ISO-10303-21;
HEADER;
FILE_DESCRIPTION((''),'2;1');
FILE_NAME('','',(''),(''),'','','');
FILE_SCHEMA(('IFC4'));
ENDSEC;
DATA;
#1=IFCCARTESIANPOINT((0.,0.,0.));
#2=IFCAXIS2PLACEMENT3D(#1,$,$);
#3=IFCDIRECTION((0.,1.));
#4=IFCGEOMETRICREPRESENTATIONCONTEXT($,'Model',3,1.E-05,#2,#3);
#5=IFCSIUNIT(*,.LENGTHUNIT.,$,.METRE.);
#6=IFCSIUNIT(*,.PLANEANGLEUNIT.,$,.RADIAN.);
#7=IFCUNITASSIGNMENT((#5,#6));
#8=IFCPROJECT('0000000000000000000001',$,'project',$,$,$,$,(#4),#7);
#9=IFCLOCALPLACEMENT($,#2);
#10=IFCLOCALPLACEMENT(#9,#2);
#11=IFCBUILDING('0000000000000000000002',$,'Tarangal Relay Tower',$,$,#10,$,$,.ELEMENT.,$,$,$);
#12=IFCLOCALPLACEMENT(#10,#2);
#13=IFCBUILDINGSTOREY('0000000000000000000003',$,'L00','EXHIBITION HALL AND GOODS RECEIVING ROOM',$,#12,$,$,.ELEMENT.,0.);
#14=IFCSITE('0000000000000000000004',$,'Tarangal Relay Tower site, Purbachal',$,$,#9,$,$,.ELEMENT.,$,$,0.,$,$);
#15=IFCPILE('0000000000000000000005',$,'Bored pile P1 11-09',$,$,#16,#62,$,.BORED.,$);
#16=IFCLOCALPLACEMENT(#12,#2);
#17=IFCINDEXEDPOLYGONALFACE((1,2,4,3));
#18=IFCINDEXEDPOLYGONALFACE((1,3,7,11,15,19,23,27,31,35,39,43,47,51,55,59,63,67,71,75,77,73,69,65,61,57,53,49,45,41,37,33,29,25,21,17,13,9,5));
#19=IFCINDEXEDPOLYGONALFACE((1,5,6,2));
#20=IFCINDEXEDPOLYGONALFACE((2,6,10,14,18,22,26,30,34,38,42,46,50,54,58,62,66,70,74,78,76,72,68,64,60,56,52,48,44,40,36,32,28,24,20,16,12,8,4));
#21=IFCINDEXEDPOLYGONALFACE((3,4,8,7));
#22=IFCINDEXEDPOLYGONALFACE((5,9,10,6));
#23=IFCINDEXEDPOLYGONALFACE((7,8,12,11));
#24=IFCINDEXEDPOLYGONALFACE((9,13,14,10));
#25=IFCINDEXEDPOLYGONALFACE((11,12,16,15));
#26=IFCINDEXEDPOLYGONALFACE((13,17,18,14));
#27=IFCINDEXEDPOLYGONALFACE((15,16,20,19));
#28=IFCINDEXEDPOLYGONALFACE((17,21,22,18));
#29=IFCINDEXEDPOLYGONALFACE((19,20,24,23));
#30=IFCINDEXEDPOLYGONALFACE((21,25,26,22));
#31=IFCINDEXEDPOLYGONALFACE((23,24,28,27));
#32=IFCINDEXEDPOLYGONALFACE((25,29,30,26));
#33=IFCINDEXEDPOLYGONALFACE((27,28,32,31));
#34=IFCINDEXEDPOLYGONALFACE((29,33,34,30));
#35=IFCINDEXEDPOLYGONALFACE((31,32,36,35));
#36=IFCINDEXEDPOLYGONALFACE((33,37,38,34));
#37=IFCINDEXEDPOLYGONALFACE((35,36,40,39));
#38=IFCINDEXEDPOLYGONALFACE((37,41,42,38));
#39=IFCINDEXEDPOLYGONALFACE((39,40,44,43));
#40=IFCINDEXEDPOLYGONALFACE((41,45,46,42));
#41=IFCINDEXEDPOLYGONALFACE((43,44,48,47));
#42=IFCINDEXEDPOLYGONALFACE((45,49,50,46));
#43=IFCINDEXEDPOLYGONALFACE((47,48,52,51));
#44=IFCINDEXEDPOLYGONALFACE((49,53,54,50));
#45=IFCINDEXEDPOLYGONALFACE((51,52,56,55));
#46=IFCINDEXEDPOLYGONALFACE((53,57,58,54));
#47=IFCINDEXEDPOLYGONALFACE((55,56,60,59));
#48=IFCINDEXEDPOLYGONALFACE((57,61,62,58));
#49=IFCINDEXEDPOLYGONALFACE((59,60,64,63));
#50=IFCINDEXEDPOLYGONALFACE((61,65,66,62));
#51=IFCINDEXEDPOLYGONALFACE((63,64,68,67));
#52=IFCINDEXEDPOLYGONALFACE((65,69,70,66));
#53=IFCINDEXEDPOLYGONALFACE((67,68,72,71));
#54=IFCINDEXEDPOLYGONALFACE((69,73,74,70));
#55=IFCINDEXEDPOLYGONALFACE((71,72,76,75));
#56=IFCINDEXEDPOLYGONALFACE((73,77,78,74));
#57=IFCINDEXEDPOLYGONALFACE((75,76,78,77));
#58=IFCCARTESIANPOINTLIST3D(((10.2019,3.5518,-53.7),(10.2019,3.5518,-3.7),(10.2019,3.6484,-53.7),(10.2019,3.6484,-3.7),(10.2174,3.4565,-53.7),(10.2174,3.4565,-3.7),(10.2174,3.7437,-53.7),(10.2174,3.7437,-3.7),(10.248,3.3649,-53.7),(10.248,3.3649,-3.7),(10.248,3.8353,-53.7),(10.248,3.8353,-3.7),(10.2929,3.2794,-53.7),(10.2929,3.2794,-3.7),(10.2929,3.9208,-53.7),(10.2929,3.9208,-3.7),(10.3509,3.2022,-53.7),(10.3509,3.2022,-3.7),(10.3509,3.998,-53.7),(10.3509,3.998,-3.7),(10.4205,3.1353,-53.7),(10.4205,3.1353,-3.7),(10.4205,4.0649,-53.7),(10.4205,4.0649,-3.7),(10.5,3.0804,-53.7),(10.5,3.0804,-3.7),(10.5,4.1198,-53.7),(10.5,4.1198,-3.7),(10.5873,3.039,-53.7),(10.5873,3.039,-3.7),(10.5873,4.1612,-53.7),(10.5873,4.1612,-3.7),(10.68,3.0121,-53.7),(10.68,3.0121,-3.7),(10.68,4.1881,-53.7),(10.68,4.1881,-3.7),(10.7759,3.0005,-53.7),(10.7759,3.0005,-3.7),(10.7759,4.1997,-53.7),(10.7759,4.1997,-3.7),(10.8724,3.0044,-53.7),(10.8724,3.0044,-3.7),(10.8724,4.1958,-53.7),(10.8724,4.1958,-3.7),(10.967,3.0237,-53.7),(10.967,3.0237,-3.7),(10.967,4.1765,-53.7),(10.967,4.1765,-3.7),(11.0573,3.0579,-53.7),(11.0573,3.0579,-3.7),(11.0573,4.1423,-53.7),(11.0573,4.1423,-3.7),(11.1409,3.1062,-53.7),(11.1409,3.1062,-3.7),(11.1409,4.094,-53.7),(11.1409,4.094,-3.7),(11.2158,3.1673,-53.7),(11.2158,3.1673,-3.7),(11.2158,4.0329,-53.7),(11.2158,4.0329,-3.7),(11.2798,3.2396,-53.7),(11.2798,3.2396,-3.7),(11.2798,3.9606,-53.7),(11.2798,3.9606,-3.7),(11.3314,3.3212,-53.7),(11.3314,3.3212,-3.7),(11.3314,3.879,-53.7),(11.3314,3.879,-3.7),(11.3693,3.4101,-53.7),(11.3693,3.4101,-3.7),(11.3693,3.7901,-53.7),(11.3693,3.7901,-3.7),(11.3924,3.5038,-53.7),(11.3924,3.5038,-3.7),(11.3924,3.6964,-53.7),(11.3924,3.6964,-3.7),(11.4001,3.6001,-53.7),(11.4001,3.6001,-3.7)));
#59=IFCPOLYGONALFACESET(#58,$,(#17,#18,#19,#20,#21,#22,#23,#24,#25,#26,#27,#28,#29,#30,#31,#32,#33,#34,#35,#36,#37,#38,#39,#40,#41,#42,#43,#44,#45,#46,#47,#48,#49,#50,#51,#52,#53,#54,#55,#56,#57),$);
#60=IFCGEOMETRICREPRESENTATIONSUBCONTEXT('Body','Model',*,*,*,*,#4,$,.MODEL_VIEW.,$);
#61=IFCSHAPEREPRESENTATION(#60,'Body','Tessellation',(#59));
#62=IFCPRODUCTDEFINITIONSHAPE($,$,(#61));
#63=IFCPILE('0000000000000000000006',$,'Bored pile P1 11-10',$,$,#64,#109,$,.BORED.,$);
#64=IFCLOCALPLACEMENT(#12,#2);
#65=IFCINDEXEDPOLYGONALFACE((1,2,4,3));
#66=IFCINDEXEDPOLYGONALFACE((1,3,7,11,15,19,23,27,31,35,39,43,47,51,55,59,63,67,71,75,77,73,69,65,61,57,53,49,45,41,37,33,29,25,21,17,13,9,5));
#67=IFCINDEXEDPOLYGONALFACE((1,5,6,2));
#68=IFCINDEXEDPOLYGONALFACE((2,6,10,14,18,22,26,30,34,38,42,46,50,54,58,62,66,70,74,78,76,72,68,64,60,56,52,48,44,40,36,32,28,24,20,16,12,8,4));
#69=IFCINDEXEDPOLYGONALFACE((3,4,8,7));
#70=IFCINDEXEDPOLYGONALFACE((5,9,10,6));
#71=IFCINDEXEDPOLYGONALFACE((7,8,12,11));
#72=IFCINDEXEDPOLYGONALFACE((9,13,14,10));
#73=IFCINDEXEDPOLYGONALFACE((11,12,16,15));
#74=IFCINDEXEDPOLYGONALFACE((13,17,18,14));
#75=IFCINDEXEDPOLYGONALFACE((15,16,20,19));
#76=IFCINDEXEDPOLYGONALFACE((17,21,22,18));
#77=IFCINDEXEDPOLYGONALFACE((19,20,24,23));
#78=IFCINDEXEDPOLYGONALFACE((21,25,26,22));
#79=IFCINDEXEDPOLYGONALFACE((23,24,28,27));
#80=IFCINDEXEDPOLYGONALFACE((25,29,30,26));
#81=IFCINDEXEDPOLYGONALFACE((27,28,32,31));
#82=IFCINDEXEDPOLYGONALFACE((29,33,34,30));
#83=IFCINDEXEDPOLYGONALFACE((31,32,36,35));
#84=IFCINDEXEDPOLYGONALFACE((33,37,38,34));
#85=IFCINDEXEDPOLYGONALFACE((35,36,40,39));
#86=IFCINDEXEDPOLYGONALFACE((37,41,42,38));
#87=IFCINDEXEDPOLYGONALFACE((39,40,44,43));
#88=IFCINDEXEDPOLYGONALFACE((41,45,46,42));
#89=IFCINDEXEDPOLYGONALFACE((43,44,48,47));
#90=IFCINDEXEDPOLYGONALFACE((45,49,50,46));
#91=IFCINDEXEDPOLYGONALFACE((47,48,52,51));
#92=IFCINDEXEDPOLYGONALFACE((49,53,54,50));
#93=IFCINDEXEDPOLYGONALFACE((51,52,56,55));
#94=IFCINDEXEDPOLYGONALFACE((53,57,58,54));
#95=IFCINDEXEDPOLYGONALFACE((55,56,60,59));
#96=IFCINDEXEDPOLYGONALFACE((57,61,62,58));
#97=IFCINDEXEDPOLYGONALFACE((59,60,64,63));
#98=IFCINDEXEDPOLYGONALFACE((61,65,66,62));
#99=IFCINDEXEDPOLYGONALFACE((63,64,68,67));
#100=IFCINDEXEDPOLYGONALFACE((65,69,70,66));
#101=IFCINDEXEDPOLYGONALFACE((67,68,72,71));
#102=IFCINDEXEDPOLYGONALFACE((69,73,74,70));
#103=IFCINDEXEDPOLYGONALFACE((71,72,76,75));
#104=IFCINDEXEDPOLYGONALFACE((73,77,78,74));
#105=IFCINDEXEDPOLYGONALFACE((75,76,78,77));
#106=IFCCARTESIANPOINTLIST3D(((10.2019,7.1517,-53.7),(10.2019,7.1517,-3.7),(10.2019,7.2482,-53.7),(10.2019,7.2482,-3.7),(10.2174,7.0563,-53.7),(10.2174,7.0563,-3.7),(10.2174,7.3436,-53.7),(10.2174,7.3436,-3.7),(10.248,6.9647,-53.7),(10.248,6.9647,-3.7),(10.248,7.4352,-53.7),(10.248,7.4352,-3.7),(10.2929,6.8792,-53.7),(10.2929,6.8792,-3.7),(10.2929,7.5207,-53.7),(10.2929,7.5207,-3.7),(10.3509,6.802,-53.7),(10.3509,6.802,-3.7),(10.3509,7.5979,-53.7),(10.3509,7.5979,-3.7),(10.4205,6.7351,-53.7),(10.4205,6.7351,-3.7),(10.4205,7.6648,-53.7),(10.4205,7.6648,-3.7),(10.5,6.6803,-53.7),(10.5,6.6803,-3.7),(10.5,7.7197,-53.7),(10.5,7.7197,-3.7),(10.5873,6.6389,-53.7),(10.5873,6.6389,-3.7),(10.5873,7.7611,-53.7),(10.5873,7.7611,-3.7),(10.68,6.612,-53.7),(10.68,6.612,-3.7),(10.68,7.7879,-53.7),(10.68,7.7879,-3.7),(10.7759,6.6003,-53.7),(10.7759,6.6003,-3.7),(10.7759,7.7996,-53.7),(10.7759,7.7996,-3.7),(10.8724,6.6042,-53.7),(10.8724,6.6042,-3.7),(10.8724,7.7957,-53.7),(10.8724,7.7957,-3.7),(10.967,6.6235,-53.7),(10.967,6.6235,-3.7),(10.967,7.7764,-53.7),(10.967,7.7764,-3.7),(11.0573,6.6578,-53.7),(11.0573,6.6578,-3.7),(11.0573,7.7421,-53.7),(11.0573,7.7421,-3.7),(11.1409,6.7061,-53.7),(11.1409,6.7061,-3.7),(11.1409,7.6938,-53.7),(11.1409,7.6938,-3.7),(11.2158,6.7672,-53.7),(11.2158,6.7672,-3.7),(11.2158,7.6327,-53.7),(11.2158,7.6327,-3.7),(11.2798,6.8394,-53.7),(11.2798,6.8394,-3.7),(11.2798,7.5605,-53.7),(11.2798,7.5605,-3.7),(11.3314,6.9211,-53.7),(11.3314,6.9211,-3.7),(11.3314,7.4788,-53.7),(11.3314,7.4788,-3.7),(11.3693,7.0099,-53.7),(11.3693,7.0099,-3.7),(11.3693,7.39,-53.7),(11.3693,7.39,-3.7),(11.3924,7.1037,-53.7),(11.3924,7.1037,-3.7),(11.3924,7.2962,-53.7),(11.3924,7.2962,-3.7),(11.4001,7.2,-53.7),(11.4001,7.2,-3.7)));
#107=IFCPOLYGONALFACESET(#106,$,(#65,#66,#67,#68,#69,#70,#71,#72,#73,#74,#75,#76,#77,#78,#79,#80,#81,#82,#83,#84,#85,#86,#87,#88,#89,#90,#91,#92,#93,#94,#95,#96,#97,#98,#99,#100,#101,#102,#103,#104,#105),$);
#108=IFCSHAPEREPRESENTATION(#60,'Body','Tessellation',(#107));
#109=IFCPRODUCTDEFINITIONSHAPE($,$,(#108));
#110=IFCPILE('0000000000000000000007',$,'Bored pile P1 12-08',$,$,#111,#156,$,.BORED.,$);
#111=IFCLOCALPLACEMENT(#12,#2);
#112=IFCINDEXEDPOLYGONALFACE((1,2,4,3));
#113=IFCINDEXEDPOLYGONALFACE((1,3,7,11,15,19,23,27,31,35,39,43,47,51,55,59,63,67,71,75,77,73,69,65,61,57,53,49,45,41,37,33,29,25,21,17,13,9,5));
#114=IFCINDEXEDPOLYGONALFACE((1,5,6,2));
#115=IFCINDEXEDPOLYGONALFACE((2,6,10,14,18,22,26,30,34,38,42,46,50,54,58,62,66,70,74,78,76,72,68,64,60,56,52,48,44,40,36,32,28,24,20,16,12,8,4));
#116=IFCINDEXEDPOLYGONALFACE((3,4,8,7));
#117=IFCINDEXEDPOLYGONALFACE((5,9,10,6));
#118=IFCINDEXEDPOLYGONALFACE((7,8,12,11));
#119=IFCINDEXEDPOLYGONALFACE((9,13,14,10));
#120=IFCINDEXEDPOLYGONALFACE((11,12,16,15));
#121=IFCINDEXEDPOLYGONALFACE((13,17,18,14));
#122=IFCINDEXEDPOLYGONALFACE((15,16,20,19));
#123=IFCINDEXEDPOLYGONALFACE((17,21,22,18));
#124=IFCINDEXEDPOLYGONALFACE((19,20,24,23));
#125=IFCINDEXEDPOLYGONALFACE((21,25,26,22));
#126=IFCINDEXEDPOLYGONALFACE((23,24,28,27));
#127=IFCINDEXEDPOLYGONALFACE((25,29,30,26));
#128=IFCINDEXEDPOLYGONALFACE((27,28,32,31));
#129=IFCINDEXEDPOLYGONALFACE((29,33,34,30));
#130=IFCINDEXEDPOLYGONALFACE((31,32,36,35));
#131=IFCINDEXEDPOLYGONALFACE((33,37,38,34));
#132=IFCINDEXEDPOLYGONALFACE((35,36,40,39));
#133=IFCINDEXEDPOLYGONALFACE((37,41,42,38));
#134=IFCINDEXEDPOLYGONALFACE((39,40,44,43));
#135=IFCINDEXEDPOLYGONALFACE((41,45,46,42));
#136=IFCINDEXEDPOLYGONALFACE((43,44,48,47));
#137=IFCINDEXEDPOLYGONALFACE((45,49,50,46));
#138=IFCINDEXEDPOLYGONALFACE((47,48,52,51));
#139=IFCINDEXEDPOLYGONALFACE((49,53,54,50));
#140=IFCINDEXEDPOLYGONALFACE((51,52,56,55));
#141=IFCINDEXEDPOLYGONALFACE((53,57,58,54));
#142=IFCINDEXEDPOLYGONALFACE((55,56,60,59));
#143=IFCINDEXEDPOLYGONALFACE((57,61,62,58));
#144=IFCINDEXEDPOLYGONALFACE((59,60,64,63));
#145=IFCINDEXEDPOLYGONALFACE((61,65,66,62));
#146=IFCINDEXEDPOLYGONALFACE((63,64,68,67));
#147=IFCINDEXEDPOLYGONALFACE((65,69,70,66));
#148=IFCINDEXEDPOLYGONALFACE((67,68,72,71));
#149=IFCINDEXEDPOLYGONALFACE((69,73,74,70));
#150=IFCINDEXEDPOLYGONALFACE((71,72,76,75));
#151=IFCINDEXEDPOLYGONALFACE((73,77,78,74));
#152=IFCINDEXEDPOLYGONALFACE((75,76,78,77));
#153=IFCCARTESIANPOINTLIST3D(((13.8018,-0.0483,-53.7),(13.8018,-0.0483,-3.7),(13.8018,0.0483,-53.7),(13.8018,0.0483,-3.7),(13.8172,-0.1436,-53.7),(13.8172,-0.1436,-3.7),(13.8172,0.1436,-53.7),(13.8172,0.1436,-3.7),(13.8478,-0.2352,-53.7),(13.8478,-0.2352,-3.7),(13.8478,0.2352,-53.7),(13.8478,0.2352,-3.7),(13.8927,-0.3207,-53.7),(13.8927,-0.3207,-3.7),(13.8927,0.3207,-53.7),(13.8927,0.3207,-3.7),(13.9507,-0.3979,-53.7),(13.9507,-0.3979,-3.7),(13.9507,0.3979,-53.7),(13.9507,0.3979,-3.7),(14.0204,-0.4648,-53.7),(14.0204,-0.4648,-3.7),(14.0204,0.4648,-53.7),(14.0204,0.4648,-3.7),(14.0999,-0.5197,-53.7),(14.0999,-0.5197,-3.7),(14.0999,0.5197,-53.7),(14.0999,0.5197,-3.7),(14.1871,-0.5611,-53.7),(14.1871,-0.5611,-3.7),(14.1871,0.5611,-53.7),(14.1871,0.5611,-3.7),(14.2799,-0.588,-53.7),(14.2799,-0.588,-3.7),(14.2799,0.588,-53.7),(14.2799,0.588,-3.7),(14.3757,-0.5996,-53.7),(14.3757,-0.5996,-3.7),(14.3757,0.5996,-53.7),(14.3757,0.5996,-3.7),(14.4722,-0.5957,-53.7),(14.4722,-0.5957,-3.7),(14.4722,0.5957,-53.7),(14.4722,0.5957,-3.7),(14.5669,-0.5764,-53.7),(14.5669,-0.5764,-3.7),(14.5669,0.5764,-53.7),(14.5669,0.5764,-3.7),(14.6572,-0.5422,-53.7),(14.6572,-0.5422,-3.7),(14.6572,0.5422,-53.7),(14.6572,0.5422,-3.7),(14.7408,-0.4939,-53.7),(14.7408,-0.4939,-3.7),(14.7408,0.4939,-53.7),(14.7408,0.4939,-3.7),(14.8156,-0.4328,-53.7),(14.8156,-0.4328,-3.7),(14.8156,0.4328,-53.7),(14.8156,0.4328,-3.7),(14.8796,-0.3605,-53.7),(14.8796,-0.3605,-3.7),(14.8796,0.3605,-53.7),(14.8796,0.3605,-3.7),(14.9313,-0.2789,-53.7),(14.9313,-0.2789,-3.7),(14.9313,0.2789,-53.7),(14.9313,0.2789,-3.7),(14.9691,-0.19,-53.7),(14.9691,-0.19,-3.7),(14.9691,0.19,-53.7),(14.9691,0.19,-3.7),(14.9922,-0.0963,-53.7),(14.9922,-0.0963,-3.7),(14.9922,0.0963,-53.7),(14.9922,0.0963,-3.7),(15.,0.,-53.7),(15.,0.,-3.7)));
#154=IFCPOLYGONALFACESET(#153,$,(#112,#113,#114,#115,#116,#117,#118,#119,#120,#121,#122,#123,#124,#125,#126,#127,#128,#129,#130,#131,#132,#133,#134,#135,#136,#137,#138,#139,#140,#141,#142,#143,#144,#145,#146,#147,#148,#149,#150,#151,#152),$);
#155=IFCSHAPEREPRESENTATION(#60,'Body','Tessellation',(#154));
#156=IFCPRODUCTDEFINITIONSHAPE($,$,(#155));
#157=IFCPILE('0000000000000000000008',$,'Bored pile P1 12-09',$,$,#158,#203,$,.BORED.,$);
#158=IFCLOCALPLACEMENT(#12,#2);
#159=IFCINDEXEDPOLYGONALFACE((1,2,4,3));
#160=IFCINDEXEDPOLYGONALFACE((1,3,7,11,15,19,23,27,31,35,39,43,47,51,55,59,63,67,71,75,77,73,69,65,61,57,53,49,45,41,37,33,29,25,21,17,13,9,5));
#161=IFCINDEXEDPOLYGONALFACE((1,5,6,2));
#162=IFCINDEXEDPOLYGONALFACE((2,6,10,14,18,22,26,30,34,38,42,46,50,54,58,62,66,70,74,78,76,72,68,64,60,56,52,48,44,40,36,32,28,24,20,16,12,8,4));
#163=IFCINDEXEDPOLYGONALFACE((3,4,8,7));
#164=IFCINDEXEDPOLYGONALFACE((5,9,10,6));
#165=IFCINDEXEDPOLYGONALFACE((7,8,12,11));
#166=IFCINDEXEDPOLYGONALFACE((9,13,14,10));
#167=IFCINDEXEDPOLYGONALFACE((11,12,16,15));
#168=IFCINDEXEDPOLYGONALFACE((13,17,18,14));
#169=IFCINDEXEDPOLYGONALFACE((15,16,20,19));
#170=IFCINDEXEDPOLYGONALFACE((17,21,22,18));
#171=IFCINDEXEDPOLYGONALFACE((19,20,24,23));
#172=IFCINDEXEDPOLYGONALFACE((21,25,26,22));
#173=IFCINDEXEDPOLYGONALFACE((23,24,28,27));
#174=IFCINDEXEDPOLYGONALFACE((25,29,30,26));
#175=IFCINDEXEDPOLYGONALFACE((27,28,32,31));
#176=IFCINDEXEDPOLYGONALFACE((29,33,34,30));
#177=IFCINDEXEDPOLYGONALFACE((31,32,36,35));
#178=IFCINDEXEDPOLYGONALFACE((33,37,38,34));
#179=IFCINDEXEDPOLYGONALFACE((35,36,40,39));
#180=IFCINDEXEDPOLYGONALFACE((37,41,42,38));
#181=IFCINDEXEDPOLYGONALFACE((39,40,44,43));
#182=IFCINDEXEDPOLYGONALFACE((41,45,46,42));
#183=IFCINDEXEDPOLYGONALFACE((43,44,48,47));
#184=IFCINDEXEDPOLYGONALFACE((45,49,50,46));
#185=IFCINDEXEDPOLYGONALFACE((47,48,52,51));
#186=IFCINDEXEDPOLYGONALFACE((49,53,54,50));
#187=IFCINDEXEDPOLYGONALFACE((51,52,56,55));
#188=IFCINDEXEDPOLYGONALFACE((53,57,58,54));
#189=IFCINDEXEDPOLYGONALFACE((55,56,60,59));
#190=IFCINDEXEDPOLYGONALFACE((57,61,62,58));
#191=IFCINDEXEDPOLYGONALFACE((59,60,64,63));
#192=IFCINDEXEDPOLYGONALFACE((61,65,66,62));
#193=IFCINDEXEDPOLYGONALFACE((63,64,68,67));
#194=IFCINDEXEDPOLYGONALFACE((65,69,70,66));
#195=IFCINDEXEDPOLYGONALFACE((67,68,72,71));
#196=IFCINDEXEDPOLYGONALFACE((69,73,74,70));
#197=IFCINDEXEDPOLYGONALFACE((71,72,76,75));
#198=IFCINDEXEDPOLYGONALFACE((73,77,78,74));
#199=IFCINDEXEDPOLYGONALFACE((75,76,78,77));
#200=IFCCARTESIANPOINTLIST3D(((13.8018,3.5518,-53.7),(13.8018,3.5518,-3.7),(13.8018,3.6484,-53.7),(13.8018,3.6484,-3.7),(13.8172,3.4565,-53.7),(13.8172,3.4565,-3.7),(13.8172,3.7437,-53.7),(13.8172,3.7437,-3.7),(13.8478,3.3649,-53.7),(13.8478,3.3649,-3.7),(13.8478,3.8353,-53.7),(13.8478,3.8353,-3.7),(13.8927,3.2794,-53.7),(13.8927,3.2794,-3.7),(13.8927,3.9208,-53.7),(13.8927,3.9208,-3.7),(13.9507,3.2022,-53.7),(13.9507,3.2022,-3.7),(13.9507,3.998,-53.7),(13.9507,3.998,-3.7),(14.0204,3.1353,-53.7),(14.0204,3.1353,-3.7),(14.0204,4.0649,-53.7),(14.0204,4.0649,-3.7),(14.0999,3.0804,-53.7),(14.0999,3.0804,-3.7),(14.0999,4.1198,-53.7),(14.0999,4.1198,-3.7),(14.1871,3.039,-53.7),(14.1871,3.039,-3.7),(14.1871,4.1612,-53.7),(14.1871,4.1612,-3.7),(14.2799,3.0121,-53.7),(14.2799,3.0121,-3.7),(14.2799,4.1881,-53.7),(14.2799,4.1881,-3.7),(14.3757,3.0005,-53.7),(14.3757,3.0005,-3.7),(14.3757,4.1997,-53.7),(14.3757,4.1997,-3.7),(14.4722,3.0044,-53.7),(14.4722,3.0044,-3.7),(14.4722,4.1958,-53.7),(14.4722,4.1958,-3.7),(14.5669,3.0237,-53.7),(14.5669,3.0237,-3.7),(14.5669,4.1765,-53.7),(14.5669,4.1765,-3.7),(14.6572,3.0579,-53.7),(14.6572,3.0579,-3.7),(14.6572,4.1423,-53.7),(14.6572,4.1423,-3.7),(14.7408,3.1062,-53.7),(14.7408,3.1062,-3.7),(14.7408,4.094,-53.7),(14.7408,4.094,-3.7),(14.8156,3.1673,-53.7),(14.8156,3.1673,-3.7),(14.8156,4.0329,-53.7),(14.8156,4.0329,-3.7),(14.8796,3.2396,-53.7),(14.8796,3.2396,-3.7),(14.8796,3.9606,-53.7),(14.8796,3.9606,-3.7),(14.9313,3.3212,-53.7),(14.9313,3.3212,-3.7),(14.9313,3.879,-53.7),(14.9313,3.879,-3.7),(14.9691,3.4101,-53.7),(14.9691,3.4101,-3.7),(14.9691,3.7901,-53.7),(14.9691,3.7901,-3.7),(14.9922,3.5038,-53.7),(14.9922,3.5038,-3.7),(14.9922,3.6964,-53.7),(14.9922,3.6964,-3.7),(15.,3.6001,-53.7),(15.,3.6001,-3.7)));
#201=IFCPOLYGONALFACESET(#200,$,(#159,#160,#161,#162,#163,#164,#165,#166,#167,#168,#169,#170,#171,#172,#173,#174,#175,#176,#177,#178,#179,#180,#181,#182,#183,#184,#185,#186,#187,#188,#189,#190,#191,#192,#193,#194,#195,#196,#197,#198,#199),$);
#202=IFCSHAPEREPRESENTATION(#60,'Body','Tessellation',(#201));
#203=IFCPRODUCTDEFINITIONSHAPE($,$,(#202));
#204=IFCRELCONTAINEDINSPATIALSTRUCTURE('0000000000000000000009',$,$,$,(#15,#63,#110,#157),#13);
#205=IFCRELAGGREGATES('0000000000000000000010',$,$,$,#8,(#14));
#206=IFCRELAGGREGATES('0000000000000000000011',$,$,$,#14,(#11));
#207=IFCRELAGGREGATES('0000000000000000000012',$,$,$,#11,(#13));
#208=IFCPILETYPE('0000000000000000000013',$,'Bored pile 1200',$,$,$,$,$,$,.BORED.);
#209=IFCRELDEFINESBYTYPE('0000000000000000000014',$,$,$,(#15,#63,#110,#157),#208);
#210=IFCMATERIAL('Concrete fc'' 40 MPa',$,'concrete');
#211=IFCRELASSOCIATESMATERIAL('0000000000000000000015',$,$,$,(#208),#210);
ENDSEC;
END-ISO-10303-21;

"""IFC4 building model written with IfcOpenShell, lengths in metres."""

from ifc_helpers import new_model, si_unit, direction, frame, origin, origin_2d, place, context, subcontext, project, spatial, circle, extrude, material, material_profile, profile_set, type_object, element, save


model = new_model("IFC4")

# Units and contexts
model_context = context("Model", 3, precision=1e-05, world=origin(), true_north=direction((0.0, 1.0)))
body_context = subcontext(model_context, "Body", "Model", "MODEL_VIEW")
ifc_project = project(units=[si_unit("LENGTHUNIT", "METRE"), si_unit("PLANEANGLEUNIT", "RADIAN")], contexts=[model_context])

# Site, building, storey
site_placement = place(None, origin())
site = spatial("IfcSite", under=ifc_project, at=site_placement, Name="Tarangal Relay Tower site, Purbachal", CompositionType="ELEMENT", RefElevation=0.0)
building_placement = place(site_placement, origin())
building = spatial("IfcBuilding", under=site, at=building_placement, Name="Tarangal Relay Tower", CompositionType="ELEMENT")
storey_placement = place(building_placement, origin())
storey = spatial("IfcBuildingStorey", under=building, at=storey_placement, Name="L00", Description="EXHIBITION HALL AND GOODS RECEIVING ROOM", CompositionType="ELEMENT", Elevation=0.0)

# Piles
ifc_material_1 = material(Name="Concrete fc' 40 MPa", Category="concrete")
ifc_material_profile = material_profile(ifc_material_1, circle(Radius=0.6001, at=origin_2d()), Name="D1200")
ifc_profile_set = profile_set([ifc_material_profile], Name="Concrete fc' 40 MPa")
pile_type = type_object("IfcPileType", Name="Bored pile 1200", PredefinedType="BORED", material=ifc_profile_set)
for number, where, z_axis, x_axis, name in (
    (1, (10.8, 3.6001, -3.7), (0.0, 0.0, -1.0), (1.0, 0.0, 0.0), "Bored pile P1 11-09"),
    (2, (10.8, 7.2, -3.7), (0.0, 0.0, -1.0), (1.0, 0.0, 0.0), "Bored pile P1 11-10"),
    (3, (14.3999, 0.0, -3.7), (0.0, 0.0, -1.0), (1.0, 0.0, 0.0), "Bored pile P1 12-08"),
    (4, (14.3999, 3.6001, -3.7), (0.0, 0.0, -1.0), (1.0, 0.0, 0.0), "Bored pile P1 12-09"),
):
    element("IfcPile", number, at=place(storey_placement, frame(where, z_axis=z_axis, x_axis=x_axis)), inside=storey, type_object=pile_type, Name=name, PredefinedType="BORED", context=body_context, shape_type="SweptSolid", body=[
        extrude(circle(Radius=0.6001, at=origin_2d()), origin(), (0.0, 0.0, 1.0), 50.0),
    ])

save(model, "model.ifc")
